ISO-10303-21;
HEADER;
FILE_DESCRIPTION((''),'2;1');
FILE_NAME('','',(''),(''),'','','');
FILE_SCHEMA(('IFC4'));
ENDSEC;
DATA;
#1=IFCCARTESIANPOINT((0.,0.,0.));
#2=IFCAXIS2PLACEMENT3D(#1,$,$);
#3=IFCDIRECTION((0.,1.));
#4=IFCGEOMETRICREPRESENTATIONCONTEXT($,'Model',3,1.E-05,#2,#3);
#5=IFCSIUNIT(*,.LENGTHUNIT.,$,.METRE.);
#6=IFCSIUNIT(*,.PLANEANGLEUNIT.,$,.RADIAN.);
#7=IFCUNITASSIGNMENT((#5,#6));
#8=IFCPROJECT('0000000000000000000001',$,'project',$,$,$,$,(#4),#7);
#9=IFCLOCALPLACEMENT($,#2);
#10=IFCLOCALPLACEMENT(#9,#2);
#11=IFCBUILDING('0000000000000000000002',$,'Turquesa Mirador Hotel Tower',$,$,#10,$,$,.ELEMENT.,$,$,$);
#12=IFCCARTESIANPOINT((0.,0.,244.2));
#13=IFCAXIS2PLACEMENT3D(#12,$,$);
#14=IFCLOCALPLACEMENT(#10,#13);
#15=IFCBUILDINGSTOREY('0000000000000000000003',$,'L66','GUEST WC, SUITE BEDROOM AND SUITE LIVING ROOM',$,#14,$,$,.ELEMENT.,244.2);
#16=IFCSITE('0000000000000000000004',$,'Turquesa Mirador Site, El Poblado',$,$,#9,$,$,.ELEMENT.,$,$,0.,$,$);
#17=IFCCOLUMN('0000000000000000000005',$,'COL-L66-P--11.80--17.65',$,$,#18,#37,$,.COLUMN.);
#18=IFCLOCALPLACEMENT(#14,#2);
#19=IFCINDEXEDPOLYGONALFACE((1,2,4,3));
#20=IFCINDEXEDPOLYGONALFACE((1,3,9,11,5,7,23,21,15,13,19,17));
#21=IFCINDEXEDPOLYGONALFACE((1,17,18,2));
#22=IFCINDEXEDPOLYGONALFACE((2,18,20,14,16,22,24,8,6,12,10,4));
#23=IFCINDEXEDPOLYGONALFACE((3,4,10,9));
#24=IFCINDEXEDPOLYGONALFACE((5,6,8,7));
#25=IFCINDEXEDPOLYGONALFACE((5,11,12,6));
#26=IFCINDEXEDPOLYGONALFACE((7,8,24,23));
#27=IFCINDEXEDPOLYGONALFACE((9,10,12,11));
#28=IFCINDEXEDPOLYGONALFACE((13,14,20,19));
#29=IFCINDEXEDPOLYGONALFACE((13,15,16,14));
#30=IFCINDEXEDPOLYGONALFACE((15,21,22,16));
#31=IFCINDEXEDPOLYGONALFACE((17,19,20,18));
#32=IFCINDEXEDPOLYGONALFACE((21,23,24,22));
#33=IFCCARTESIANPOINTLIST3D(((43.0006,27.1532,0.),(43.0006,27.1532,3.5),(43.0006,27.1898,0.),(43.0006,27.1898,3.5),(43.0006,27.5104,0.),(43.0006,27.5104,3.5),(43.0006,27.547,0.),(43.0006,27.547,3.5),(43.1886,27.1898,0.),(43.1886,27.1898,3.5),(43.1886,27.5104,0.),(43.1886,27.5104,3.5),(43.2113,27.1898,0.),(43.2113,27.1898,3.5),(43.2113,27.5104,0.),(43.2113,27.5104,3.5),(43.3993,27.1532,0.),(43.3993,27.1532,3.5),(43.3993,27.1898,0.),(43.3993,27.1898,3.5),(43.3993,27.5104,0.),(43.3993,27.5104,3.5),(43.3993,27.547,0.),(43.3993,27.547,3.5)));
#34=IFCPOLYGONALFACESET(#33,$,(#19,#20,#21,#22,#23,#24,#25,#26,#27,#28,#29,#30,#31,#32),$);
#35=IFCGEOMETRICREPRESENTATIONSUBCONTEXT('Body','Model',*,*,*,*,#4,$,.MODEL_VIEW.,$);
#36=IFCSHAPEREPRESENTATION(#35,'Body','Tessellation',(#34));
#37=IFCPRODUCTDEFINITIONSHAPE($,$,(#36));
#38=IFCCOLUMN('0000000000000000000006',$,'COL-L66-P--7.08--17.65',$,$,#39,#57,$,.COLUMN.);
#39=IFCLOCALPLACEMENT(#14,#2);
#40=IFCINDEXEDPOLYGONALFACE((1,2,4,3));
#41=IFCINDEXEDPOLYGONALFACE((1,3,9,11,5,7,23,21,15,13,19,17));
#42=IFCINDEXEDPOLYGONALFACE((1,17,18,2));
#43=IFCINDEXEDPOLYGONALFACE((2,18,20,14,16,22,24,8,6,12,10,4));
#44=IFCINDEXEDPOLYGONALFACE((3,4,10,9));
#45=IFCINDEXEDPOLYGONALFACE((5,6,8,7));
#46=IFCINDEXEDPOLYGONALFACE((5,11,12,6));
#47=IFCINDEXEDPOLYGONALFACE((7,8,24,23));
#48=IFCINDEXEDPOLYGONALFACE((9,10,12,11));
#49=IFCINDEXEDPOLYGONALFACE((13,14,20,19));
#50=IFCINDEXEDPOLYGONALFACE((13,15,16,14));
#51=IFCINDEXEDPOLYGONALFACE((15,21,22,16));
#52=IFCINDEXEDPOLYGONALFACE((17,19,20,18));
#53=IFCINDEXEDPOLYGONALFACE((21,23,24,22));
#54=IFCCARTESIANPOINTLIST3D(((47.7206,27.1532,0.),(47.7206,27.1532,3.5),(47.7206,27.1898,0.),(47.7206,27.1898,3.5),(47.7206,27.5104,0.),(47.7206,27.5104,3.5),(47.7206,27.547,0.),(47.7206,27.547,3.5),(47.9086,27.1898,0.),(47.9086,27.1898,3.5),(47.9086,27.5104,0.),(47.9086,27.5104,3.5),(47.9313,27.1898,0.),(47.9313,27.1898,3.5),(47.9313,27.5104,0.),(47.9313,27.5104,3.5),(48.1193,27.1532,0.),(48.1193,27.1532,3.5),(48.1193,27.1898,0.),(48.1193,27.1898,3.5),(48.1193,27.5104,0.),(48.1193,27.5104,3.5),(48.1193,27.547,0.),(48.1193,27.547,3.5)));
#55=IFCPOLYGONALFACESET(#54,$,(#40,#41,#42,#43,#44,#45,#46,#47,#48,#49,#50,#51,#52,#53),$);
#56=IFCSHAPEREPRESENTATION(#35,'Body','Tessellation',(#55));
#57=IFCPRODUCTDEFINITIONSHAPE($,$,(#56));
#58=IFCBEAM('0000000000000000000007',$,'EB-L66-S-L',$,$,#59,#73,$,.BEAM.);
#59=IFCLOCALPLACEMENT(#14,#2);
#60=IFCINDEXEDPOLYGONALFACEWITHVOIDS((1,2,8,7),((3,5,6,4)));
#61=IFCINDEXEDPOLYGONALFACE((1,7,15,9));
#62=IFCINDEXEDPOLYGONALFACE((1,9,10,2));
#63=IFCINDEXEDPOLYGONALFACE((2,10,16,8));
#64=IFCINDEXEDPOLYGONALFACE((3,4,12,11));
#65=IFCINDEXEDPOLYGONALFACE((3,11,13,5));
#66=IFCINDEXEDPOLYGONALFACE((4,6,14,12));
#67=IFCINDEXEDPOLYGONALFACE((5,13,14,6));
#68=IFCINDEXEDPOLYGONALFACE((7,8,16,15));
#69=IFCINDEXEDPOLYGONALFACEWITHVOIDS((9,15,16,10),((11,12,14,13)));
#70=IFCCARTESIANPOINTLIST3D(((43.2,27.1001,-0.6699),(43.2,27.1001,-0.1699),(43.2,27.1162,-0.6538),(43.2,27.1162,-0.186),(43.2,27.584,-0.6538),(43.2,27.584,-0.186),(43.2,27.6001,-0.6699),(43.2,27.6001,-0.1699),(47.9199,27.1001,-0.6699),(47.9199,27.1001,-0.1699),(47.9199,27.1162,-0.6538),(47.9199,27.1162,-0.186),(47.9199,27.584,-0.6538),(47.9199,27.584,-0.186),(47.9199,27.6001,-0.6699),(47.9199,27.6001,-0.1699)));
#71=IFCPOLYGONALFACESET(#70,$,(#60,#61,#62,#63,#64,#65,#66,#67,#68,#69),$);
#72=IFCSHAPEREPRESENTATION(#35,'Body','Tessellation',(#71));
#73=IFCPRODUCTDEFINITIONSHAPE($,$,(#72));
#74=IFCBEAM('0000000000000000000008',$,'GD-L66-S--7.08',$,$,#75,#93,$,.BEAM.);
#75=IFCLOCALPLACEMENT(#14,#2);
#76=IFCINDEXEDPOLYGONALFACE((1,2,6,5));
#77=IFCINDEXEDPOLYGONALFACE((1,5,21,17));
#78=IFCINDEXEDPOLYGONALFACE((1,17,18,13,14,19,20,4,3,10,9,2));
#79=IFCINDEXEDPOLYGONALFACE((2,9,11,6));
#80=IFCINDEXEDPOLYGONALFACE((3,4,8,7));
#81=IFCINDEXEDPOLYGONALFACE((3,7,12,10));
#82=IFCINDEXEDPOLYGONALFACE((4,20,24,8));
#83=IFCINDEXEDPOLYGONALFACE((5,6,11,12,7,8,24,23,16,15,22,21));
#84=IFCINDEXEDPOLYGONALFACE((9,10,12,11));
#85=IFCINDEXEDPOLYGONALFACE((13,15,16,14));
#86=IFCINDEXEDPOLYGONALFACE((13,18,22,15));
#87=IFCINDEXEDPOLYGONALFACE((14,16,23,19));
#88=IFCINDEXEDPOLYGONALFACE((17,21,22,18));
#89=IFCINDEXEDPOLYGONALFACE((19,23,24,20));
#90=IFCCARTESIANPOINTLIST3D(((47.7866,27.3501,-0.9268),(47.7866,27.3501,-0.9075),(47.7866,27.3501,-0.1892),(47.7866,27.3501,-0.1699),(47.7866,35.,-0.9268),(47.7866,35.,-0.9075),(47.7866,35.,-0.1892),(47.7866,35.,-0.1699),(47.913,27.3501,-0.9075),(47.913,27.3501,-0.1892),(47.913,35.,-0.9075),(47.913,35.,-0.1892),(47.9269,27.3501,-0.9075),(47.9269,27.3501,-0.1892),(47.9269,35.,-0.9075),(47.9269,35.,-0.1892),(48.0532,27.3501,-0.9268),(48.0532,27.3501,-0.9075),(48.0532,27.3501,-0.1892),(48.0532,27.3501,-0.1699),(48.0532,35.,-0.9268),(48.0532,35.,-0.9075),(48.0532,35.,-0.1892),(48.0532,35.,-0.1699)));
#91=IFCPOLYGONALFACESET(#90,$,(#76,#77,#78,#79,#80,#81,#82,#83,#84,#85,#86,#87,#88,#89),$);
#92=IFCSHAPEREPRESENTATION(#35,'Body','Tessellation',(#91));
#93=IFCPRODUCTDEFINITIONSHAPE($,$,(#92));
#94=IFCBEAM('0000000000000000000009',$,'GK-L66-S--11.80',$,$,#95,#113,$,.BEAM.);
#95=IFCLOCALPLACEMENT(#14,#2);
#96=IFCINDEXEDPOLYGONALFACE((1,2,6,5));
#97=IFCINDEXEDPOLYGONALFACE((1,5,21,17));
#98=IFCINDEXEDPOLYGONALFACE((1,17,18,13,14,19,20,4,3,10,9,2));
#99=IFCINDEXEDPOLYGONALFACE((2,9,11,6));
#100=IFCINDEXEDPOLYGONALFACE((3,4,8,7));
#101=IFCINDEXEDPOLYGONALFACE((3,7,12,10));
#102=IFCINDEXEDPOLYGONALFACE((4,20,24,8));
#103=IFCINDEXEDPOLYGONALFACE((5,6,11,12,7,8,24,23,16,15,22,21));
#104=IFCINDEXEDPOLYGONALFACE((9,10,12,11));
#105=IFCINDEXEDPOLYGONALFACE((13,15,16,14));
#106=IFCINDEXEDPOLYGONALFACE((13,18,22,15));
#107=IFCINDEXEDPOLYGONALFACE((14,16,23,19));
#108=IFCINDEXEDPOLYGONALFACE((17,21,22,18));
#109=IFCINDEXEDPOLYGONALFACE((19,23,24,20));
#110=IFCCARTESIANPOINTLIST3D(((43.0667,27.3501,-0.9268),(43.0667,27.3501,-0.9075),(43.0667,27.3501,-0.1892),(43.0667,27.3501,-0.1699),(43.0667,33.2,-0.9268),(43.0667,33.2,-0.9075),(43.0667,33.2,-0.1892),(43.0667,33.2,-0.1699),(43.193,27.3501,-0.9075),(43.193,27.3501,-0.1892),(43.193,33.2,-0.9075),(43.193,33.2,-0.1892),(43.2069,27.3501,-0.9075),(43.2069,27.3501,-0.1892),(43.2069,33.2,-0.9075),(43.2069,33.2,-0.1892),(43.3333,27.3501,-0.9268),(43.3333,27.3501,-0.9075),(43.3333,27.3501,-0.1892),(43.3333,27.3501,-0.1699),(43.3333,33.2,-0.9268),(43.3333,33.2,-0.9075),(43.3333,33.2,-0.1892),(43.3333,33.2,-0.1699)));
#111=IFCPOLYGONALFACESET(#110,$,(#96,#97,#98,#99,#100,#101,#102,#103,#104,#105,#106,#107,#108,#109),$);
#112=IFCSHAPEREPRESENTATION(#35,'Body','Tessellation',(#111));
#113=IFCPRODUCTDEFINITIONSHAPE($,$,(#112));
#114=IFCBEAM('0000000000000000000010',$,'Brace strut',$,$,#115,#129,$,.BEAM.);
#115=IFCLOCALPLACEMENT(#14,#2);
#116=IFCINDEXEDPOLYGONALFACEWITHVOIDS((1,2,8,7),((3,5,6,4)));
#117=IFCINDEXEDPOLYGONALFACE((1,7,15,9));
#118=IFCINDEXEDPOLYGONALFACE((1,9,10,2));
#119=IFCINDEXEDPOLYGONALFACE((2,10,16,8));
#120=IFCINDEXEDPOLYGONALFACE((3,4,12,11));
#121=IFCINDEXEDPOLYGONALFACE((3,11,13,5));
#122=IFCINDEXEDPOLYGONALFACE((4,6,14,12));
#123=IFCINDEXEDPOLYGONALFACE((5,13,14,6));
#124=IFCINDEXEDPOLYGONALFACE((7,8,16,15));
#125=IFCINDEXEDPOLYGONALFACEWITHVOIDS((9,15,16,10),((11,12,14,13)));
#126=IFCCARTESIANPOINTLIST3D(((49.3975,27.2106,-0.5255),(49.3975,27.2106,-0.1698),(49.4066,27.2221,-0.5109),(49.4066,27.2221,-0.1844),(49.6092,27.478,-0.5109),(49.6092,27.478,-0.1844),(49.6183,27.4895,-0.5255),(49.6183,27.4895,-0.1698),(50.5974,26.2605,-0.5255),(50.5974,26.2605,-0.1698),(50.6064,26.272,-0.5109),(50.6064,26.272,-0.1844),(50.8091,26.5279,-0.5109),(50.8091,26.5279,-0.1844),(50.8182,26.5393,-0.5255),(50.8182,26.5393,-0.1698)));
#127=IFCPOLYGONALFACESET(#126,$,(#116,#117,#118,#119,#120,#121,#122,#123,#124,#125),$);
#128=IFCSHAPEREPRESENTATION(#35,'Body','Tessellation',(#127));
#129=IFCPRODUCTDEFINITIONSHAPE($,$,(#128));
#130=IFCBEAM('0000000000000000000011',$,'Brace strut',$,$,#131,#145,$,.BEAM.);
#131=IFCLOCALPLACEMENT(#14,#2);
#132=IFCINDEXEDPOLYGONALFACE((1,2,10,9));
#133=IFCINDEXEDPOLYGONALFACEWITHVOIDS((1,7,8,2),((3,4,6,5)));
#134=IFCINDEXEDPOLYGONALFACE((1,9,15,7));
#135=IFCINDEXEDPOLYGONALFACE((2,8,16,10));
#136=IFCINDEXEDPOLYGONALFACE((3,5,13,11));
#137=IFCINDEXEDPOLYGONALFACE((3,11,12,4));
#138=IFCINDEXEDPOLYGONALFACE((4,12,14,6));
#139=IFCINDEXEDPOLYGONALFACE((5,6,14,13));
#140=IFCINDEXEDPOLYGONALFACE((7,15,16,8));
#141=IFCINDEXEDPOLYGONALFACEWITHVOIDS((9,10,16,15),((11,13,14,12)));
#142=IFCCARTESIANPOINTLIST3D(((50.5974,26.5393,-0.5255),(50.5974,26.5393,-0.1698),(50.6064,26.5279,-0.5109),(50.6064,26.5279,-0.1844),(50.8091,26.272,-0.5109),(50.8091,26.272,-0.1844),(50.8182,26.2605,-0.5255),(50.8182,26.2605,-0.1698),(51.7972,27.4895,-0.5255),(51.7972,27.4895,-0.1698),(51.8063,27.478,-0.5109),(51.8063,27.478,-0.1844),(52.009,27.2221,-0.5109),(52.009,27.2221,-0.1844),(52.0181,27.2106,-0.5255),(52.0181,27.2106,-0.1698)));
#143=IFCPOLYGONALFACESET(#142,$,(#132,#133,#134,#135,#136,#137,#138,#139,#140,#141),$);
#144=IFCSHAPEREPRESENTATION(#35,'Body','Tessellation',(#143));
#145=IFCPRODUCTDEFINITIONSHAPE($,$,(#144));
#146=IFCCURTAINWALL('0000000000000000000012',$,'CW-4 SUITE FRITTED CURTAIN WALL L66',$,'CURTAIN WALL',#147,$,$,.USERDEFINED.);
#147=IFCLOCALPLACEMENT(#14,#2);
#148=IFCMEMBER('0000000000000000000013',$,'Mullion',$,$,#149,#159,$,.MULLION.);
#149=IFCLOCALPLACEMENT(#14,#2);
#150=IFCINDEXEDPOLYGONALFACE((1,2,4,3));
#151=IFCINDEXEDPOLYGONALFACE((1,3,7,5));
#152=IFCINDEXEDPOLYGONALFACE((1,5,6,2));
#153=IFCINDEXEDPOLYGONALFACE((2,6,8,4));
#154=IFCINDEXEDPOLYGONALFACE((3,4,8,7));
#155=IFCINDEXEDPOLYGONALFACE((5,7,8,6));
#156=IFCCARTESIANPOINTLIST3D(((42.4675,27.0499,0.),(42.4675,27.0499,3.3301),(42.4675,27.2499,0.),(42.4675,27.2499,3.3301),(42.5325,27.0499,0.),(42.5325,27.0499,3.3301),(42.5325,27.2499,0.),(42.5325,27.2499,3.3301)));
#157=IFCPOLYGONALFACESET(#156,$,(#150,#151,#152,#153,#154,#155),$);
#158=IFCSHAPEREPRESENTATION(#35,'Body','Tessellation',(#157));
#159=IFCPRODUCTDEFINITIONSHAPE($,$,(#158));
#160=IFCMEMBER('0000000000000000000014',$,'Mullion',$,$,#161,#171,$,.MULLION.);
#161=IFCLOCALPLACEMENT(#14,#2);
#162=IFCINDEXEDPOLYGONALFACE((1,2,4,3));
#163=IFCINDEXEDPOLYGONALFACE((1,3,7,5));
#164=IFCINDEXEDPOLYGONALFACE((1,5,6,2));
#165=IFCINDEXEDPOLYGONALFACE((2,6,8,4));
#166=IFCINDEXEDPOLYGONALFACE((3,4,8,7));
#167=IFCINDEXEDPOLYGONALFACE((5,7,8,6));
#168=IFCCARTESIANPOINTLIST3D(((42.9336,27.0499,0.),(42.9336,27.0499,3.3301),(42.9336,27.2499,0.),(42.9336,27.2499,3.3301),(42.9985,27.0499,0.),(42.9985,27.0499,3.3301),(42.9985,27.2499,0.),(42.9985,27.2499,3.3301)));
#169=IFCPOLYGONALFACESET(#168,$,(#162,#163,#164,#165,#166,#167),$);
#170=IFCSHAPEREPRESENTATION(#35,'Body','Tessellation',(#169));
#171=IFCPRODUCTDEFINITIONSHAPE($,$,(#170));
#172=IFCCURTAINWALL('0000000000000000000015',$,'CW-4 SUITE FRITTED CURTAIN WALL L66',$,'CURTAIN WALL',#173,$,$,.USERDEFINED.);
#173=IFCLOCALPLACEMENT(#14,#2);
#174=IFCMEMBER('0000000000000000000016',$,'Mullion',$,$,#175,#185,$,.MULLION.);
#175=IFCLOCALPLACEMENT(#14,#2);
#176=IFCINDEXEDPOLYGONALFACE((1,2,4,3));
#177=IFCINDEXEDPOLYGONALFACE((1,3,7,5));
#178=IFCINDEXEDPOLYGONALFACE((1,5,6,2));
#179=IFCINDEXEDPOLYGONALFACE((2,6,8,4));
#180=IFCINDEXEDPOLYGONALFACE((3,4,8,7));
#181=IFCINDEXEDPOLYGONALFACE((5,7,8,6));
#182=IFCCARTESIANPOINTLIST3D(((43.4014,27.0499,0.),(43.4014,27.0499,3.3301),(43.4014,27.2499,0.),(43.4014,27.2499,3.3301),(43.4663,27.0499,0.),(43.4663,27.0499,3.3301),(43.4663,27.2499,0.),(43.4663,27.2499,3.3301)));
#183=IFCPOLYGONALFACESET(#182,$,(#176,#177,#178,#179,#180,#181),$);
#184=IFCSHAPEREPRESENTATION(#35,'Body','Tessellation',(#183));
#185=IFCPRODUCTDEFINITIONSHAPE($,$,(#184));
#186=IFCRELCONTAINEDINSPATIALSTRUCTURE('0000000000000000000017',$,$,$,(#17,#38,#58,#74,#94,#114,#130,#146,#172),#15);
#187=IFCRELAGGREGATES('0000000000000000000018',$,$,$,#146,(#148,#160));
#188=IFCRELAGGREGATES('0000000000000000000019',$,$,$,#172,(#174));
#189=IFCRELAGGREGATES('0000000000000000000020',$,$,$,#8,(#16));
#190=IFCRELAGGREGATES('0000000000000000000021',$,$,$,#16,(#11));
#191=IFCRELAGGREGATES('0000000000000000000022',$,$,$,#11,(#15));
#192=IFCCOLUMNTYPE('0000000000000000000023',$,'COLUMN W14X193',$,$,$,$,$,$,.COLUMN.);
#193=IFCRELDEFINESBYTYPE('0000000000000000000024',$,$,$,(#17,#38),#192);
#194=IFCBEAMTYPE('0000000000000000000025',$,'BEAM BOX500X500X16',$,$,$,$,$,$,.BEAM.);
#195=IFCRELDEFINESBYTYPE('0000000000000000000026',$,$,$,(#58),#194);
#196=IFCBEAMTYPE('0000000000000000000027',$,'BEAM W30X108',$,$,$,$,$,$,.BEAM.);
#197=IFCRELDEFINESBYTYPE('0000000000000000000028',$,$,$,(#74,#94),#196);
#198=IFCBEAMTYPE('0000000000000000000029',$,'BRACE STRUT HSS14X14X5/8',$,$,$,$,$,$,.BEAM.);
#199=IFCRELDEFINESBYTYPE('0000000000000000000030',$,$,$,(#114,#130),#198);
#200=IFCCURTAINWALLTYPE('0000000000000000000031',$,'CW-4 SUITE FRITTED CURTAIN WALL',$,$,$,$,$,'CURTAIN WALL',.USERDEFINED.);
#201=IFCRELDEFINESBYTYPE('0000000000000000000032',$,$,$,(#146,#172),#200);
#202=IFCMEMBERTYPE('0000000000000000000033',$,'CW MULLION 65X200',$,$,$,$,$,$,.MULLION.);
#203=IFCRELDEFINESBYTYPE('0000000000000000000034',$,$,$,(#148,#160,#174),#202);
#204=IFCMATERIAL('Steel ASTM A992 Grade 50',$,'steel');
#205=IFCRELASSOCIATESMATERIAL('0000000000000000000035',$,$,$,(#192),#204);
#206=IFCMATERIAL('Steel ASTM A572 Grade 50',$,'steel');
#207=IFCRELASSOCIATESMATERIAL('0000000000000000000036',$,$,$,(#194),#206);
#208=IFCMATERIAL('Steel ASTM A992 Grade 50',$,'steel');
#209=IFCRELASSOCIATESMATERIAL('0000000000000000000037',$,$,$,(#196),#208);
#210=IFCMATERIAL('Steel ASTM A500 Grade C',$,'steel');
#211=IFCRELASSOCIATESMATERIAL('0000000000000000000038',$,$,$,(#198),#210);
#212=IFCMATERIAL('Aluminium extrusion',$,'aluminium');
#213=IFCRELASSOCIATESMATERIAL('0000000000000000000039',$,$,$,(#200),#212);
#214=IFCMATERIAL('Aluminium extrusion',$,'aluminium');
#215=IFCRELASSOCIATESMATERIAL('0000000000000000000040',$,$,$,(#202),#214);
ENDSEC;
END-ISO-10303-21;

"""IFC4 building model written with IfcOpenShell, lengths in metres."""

from ifc_helpers import new_model, si_unit, direction, frame, origin, origin_2d, place, context, subcontext, project, spatial, rectangle, hollow_rectangle, i_section, extrude, material, material_profile, profile_set, type_object, element, aggregate, save


model = new_model("IFC4")

# Units and contexts
model_context = context("Model", 3, precision=1e-05, world=origin(), true_north=direction((0.0, 1.0)))
body_context = subcontext(model_context, "Body", "Model", "MODEL_VIEW")
ifc_project = project(units=[si_unit("LENGTHUNIT", "METRE"), si_unit("PLANEANGLEUNIT", "RADIAN")], contexts=[model_context])

# Site, building, storey
site_placement = place(None, origin())
site = spatial("IfcSite", under=ifc_project, at=site_placement, Name="Turquesa Mirador Site, El Poblado", CompositionType="ELEMENT", RefElevation=0.0)
building_placement = place(site_placement, origin())
building = spatial("IfcBuilding", under=site, at=building_placement, Name="Turquesa Mirador Hotel Tower", CompositionType="ELEMENT")
storey_placement = place(building_placement, frame((0.0, 0.0, 244.2)))
storey = spatial("IfcBuildingStorey", under=building, at=storey_placement, Name="L66", Description="GUEST WC, SUITE BEDROOM AND SUITE LIVING ROOM", CompositionType="ELEMENT", Elevation=244.2)

# Columns
ifc_material_1 = material(Name="Steel ASTM A992 Grade 50", Category="steel")
ifc_material_profile_1 = material_profile(ifc_material_1, i_section(OverallWidth=0.3987, OverallDepth=0.3938, WebThickness=0.0227, FlangeThickness=0.0366, at=origin_2d()), Name="W14X193")
ifc_profile_set_1 = profile_set([ifc_material_profile_1], Name="Steel ASTM A992 Grade 50")
column_type = type_object("IfcColumnType", Name="COLUMN W14X193", PredefinedType="COLUMN", material=ifc_profile_set_1)
for number, where, z_axis, x_axis, name in (
    (1, (43.2, 27.3501, 0.0), (0.0, 0.0, 1.0), (1.0, 0.0, 0.0), "COL-L66-P--11.80--17.65"),
    (2, (47.9199, 27.3501, 0.0), (0.0, 0.0, 1.0), (1.0, 0.0, 0.0), "COL-L66-P--7.08--17.65"),
):
    element("IfcColumn", number, at=place(storey_placement, frame(where, z_axis=z_axis, x_axis=x_axis)), inside=storey, type_object=column_type, Name=name, PredefinedType="COLUMN", context=body_context, shape_type="SweptSolid", body=[
        extrude(i_section(OverallWidth=0.3987, OverallDepth=0.3938, WebThickness=0.0227, FlangeThickness=0.0366, at=origin_2d()), origin(), (0.0, 0.0, 1.0), 3.5),
    ])

# Beams
ifc_material_2 = material(Name="Steel ASTM A572 Grade 50", Category="steel")
ifc_material_profile_2 = material_profile(ifc_material_2, hollow_rectangle(XDim=0.5, YDim=0.5, WallThickness=0.0161, at=origin_2d()), Name="BOX500X500X16")
ifc_profile_set_2 = profile_set([ifc_material_profile_2], Name="Steel ASTM A572 Grade 50")
beam_type_1 = type_object("IfcBeamType", Name="BEAM BOX500X500X16", PredefinedType="BEAM", material=ifc_profile_set_2)
beam_1_placement = place(storey_placement, frame((43.2, 27.3501, -0.4199), z_axis=(1.0, 0.0, 0.0), x_axis=(0.0, 1.0, 0.0)))
element("IfcBeam", 3, at=beam_1_placement, inside=storey, type_object=beam_type_1, Name="EB-L66-S-L", PredefinedType="BEAM", context=body_context, shape_type="SweptSolid", body=[
    extrude(hollow_rectangle(XDim=0.5, YDim=0.5, WallThickness=0.0161, at=origin_2d()), origin(), (0.0, 0.0, 1.0), 4.72),
])
ifc_material_3 = material(Name="Steel ASTM A992 Grade 50", Category="steel")
ifc_material_profile_3 = material_profile(ifc_material_3, i_section(OverallWidth=0.2666, OverallDepth=0.7568, WebThickness=0.0139, FlangeThickness=0.0193, at=origin_2d()), Name="W30X108")
ifc_profile_set_3 = profile_set([ifc_material_profile_3], Name="Steel ASTM A992 Grade 50")
beam_type_2 = type_object("IfcBeamType", Name="BEAM W30X108", PredefinedType="BEAM", material=ifc_profile_set_3)
beam_2_placement = place(storey_placement, frame((47.9199, 27.3501, -0.5483), z_axis=(0.0, 1.0, 0.0), x_axis=(-1.0, 0.0, 0.0)))
element("IfcBeam", 4, at=beam_2_placement, inside=storey, type_object=beam_type_2, Name="GD-L66-S--7.08", PredefinedType="BEAM", context=body_context, shape_type="SweptSolid", body=[
    extrude(i_section(OverallWidth=0.2666, OverallDepth=0.7568, WebThickness=0.0139, FlangeThickness=0.0193, at=origin_2d()), origin(), (0.0, 0.0, 1.0), 7.6499),
])
beam_3_placement = place(storey_placement, frame((43.2, 27.3501, -0.5483), z_axis=(0.0, 1.0, 0.0), x_axis=(-1.0, 0.0, 0.0)))
element("IfcBeam", 5, at=beam_3_placement, inside=storey, type_object=beam_type_2, Name="GK-L66-S--11.80", PredefinedType="BEAM", context=body_context, shape_type="SweptSolid", body=[
    extrude(i_section(OverallWidth=0.2666, OverallDepth=0.7568, WebThickness=0.0139, FlangeThickness=0.0193, at=origin_2d()), origin(), (0.0, 0.0, 1.0), 5.8499),
])
ifc_material_4 = material(Name="Steel ASTM A500 Grade C", Category="steel")
ifc_material_profile_4 = material_profile(ifc_material_4, hollow_rectangle(XDim=0.3557, YDim=0.3557, WallThickness=0.0146, at=origin_2d()), Name="HSS14X14X5/8")
ifc_profile_set_4 = profile_set([ifc_material_profile_4], Name="Steel ASTM A500 Grade C")
beam_type_3 = type_object("IfcBeamType", Name="BRACE STRUT HSS14X14X5/8", PredefinedType="BEAM", material=ifc_profile_set_4)
for number, where, z_axis, x_axis, name in (
    (6, (50.7078, 26.3999, -0.3477), (-0.783971, 0.620797, 0.0), (-0.620797, -0.783971, 0.0), "Brace strut"),
    (7, (50.7078, 26.3999, -0.3477), (0.783971, 0.620797, 0.0), (-0.620797, 0.783971, 0.0), "Brace strut"),
):
    element("IfcBeam", number, at=place(storey_placement, frame(where, z_axis=z_axis, x_axis=x_axis)), inside=storey, type_object=beam_type_3, Name=name, PredefinedType="BEAM", context=body_context, shape_type="SweptSolid", body=[
        extrude(hollow_rectangle(XDim=0.3557, YDim=0.3557, WallThickness=0.0146, at=origin_2d()), origin(), (0.0, 0.0, 1.0), 1.5305),
    ])

# Curtain walls, members
ifc_material_5 = material(Name="Aluminium extrusion", Category="aluminium")
curtain_wall_type = type_object("IfcCurtainWallType", Name="CW-4 SUITE FRITTED CURTAIN WALL", ElementType="CURTAIN WALL", PredefinedType="USERDEFINED", material=ifc_material_5)
curtain_wall_1_placement = place(storey_placement, origin())
curtain_wall_1 = element("IfcCurtainWall", 8, at=curtain_wall_1_placement, inside=storey, type_object=curtain_wall_type, Name="CW-4 SUITE FRITTED CURTAIN WALL L66", ObjectType="CURTAIN WALL", PredefinedType="USERDEFINED")
ifc_material_6 = material(Name="Aluminium extrusion", Category="aluminium")
ifc_material_profile_5 = material_profile(ifc_material_6, rectangle(XDim=0.0649, YDim=0.2, at=origin_2d()), Name="MULLION 65X200")
ifc_profile_set_5 = profile_set([ifc_material_profile_5], Name="Aluminium extrusion")
member_type_1 = type_object("IfcMemberType", Name="CW MULLION 65X200", PredefinedType="MULLION", material=ifc_profile_set_5)
member_1_placement = place(storey_placement, frame((42.5, 27.1499, 0.0), z_axis=(0.0, 0.0, 1.0), x_axis=(1.0, 0.0, 0.0)))
member_1 = element("IfcMember", 9, at=member_1_placement, type_object=member_type_1, Name="Mullion", PredefinedType="MULLION", context=body_context, shape_type="SweptSolid", body=[
    extrude(rectangle(XDim=0.0649, YDim=0.2, at=origin_2d()), origin(), (0.0, 0.0, 1.0), 3.3301),
])
member_2_placement = place(storey_placement, frame((42.9661, 27.1499, 0.0), z_axis=(0.0, 0.0, 1.0), x_axis=(1.0, 0.0, 0.0)))
member_2 = element("IfcMember", 10, at=member_2_placement, type_object=member_type_1, Name="Mullion", PredefinedType="MULLION", context=body_context, shape_type="SweptSolid", body=[
    extrude(rectangle(XDim=0.0649, YDim=0.2, at=origin_2d()), origin(), (0.0, 0.0, 1.0), 3.3301),
])
curtain_wall_2_placement = place(storey_placement, origin())
curtain_wall_2 = element("IfcCurtainWall", 11, at=curtain_wall_2_placement, inside=storey, type_object=curtain_wall_type, Name="CW-4 SUITE FRITTED CURTAIN WALL L66", ObjectType="CURTAIN WALL", PredefinedType="USERDEFINED")
member_3_placement = place(storey_placement, frame((43.4338, 27.1499, 0.0), z_axis=(0.0, 0.0, 1.0), x_axis=(1.0, 0.0, 0.0)))
member_3 = element("IfcMember", 12, at=member_3_placement, type_object=member_type_1, Name="Mullion", PredefinedType="MULLION", context=body_context, shape_type="SweptSolid", body=[
    extrude(rectangle(XDim=0.0649, YDim=0.2, at=origin_2d()), origin(), (0.0, 0.0, 1.0), 3.3301),
])

aggregate(curtain_wall_1, [member_1, member_2])
aggregate(curtain_wall_2, [member_3])

save(model, "model.ifc")
